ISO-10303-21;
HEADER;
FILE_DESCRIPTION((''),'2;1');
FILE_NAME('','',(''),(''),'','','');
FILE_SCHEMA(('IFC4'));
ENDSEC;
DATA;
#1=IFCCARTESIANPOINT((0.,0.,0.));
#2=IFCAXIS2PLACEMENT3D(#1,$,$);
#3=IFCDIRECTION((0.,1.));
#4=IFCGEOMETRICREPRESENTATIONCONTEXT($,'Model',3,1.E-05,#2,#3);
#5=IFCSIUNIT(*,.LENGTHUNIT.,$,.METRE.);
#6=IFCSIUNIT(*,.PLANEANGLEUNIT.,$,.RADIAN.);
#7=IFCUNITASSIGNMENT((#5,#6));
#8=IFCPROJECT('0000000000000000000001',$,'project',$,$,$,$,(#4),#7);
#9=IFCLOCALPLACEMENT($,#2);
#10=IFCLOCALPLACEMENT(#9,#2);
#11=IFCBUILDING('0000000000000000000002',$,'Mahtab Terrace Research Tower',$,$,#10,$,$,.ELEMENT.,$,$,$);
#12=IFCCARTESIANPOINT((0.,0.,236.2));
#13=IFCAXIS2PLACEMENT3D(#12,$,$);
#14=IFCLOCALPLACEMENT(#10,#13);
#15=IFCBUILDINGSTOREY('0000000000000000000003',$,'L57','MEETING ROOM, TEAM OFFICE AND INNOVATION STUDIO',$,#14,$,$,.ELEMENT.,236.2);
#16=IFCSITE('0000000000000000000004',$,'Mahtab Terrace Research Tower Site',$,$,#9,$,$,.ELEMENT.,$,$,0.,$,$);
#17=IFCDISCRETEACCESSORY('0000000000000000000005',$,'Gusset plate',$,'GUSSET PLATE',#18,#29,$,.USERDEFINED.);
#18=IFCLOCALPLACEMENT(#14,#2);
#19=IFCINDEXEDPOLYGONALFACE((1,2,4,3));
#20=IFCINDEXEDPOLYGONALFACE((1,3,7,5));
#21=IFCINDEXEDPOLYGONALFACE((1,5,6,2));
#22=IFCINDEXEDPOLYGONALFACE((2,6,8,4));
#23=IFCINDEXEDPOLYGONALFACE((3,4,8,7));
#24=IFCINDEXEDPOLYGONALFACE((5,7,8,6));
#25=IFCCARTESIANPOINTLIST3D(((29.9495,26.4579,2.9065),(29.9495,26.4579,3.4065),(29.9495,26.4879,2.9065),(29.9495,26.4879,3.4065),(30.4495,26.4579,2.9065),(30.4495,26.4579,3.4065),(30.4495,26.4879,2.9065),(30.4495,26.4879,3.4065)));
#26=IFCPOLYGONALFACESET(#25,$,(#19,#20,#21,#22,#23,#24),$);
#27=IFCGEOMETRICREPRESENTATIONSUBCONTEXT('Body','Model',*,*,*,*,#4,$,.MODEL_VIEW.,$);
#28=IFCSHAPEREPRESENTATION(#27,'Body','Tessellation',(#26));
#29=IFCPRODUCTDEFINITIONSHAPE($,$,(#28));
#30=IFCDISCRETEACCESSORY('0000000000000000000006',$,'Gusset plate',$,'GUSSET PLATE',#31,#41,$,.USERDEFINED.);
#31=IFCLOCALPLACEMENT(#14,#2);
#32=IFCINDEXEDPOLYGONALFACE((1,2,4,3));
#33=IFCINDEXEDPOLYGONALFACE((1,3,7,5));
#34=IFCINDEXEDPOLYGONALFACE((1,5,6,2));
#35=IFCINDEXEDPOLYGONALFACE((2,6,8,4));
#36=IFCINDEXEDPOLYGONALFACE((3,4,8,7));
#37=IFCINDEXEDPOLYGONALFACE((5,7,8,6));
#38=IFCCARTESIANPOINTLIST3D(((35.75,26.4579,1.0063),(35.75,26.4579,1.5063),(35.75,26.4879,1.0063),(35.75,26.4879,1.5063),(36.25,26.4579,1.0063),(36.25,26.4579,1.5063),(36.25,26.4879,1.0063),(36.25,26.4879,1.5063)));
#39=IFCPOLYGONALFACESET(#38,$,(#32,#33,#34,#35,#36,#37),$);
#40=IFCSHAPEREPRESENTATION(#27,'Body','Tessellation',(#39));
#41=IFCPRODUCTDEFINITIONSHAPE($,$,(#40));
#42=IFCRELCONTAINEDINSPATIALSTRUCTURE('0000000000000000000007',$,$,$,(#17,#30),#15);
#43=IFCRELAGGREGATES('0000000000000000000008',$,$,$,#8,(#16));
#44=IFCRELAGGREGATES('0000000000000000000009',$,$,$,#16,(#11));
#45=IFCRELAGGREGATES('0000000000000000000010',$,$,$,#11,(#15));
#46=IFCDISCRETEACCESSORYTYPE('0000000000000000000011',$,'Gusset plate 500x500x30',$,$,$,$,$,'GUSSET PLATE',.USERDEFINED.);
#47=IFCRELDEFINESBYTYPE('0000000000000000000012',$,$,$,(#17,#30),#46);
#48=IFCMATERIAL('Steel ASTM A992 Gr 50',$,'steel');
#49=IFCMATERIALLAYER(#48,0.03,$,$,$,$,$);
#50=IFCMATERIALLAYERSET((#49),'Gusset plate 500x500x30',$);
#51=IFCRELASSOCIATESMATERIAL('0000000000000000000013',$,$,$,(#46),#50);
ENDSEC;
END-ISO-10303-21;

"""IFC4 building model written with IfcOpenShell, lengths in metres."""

from ifc_helpers import new_model, si_unit, direction, frame, origin, origin_2d, place, context, subcontext, project, spatial, rectangle, extrude, material, layer, layer_set, type_object, element, save


model = new_model("IFC4")

# Units and contexts
model_context = context("Model", 3, precision=1e-05, world=origin(), true_north=direction((0.0, 1.0)))
body_context = subcontext(model_context, "Body", "Model", "MODEL_VIEW")
ifc_project = project(units=[si_unit("LENGTHUNIT", "METRE"), si_unit("PLANEANGLEUNIT", "RADIAN")], contexts=[model_context])

# Site, building, storey
site_placement = place(None, origin())
site = spatial("IfcSite", under=ifc_project, at=site_placement, Name="Mahtab Terrace Research Tower Site", CompositionType="ELEMENT", RefElevation=0.0)
building_placement = place(site_placement, origin())
building = spatial("IfcBuilding", under=site, at=building_placement, Name="Mahtab Terrace Research Tower", CompositionType="ELEMENT")
storey_placement = place(building_placement, frame((0.0, 0.0, 236.2)))
storey = spatial("IfcBuildingStorey", under=building, at=storey_placement, Name="L57", Description="MEETING ROOM, TEAM OFFICE AND INNOVATION STUDIO", CompositionType="ELEMENT", Elevation=236.2)

# Shared definitions
ifc_material_1 = material(Name="Steel ASTM A992 Gr 50", Category="steel")

# Discrete accessories
ifc_layer_1 = layer(ifc_material_1, 0.03)
ifc_layer_set_1 = layer_set([ifc_layer_1], Name="Gusset plate 500x500x30")
discrete_accessory_type = type_object("IfcDiscreteAccessoryType", Name="Gusset plate 500x500x30", ElementType="GUSSET PLATE", PredefinedType="USERDEFINED", material=ifc_layer_set_1)
for number, where, z_axis, x_axis, name in (
    (1, (30.1995, 26.4729, 2.9065), (0.0, 0.0, 1.0), (1.0, 0.0, 0.0), "Gusset plate"),
    (2, (36.0, 26.4729, 1.0063), (0.0, 0.0, 1.0), (1.0, 0.0, 0.0), "Gusset plate"),
):
    element("IfcDiscreteAccessory", number, at=place(storey_placement, frame(where, z_axis=z_axis, x_axis=x_axis)), inside=storey, type_object=discrete_accessory_type, Name=name, ObjectType="GUSSET PLATE", PredefinedType="USERDEFINED", context=body_context, shape_type="SweptSolid", body=[
        extrude(rectangle(XDim=0.5, YDim=0.03, at=origin_2d()), origin(), (0.0, 0.0, 1.0), 0.5),
    ])

save(model, "model.ifc")
